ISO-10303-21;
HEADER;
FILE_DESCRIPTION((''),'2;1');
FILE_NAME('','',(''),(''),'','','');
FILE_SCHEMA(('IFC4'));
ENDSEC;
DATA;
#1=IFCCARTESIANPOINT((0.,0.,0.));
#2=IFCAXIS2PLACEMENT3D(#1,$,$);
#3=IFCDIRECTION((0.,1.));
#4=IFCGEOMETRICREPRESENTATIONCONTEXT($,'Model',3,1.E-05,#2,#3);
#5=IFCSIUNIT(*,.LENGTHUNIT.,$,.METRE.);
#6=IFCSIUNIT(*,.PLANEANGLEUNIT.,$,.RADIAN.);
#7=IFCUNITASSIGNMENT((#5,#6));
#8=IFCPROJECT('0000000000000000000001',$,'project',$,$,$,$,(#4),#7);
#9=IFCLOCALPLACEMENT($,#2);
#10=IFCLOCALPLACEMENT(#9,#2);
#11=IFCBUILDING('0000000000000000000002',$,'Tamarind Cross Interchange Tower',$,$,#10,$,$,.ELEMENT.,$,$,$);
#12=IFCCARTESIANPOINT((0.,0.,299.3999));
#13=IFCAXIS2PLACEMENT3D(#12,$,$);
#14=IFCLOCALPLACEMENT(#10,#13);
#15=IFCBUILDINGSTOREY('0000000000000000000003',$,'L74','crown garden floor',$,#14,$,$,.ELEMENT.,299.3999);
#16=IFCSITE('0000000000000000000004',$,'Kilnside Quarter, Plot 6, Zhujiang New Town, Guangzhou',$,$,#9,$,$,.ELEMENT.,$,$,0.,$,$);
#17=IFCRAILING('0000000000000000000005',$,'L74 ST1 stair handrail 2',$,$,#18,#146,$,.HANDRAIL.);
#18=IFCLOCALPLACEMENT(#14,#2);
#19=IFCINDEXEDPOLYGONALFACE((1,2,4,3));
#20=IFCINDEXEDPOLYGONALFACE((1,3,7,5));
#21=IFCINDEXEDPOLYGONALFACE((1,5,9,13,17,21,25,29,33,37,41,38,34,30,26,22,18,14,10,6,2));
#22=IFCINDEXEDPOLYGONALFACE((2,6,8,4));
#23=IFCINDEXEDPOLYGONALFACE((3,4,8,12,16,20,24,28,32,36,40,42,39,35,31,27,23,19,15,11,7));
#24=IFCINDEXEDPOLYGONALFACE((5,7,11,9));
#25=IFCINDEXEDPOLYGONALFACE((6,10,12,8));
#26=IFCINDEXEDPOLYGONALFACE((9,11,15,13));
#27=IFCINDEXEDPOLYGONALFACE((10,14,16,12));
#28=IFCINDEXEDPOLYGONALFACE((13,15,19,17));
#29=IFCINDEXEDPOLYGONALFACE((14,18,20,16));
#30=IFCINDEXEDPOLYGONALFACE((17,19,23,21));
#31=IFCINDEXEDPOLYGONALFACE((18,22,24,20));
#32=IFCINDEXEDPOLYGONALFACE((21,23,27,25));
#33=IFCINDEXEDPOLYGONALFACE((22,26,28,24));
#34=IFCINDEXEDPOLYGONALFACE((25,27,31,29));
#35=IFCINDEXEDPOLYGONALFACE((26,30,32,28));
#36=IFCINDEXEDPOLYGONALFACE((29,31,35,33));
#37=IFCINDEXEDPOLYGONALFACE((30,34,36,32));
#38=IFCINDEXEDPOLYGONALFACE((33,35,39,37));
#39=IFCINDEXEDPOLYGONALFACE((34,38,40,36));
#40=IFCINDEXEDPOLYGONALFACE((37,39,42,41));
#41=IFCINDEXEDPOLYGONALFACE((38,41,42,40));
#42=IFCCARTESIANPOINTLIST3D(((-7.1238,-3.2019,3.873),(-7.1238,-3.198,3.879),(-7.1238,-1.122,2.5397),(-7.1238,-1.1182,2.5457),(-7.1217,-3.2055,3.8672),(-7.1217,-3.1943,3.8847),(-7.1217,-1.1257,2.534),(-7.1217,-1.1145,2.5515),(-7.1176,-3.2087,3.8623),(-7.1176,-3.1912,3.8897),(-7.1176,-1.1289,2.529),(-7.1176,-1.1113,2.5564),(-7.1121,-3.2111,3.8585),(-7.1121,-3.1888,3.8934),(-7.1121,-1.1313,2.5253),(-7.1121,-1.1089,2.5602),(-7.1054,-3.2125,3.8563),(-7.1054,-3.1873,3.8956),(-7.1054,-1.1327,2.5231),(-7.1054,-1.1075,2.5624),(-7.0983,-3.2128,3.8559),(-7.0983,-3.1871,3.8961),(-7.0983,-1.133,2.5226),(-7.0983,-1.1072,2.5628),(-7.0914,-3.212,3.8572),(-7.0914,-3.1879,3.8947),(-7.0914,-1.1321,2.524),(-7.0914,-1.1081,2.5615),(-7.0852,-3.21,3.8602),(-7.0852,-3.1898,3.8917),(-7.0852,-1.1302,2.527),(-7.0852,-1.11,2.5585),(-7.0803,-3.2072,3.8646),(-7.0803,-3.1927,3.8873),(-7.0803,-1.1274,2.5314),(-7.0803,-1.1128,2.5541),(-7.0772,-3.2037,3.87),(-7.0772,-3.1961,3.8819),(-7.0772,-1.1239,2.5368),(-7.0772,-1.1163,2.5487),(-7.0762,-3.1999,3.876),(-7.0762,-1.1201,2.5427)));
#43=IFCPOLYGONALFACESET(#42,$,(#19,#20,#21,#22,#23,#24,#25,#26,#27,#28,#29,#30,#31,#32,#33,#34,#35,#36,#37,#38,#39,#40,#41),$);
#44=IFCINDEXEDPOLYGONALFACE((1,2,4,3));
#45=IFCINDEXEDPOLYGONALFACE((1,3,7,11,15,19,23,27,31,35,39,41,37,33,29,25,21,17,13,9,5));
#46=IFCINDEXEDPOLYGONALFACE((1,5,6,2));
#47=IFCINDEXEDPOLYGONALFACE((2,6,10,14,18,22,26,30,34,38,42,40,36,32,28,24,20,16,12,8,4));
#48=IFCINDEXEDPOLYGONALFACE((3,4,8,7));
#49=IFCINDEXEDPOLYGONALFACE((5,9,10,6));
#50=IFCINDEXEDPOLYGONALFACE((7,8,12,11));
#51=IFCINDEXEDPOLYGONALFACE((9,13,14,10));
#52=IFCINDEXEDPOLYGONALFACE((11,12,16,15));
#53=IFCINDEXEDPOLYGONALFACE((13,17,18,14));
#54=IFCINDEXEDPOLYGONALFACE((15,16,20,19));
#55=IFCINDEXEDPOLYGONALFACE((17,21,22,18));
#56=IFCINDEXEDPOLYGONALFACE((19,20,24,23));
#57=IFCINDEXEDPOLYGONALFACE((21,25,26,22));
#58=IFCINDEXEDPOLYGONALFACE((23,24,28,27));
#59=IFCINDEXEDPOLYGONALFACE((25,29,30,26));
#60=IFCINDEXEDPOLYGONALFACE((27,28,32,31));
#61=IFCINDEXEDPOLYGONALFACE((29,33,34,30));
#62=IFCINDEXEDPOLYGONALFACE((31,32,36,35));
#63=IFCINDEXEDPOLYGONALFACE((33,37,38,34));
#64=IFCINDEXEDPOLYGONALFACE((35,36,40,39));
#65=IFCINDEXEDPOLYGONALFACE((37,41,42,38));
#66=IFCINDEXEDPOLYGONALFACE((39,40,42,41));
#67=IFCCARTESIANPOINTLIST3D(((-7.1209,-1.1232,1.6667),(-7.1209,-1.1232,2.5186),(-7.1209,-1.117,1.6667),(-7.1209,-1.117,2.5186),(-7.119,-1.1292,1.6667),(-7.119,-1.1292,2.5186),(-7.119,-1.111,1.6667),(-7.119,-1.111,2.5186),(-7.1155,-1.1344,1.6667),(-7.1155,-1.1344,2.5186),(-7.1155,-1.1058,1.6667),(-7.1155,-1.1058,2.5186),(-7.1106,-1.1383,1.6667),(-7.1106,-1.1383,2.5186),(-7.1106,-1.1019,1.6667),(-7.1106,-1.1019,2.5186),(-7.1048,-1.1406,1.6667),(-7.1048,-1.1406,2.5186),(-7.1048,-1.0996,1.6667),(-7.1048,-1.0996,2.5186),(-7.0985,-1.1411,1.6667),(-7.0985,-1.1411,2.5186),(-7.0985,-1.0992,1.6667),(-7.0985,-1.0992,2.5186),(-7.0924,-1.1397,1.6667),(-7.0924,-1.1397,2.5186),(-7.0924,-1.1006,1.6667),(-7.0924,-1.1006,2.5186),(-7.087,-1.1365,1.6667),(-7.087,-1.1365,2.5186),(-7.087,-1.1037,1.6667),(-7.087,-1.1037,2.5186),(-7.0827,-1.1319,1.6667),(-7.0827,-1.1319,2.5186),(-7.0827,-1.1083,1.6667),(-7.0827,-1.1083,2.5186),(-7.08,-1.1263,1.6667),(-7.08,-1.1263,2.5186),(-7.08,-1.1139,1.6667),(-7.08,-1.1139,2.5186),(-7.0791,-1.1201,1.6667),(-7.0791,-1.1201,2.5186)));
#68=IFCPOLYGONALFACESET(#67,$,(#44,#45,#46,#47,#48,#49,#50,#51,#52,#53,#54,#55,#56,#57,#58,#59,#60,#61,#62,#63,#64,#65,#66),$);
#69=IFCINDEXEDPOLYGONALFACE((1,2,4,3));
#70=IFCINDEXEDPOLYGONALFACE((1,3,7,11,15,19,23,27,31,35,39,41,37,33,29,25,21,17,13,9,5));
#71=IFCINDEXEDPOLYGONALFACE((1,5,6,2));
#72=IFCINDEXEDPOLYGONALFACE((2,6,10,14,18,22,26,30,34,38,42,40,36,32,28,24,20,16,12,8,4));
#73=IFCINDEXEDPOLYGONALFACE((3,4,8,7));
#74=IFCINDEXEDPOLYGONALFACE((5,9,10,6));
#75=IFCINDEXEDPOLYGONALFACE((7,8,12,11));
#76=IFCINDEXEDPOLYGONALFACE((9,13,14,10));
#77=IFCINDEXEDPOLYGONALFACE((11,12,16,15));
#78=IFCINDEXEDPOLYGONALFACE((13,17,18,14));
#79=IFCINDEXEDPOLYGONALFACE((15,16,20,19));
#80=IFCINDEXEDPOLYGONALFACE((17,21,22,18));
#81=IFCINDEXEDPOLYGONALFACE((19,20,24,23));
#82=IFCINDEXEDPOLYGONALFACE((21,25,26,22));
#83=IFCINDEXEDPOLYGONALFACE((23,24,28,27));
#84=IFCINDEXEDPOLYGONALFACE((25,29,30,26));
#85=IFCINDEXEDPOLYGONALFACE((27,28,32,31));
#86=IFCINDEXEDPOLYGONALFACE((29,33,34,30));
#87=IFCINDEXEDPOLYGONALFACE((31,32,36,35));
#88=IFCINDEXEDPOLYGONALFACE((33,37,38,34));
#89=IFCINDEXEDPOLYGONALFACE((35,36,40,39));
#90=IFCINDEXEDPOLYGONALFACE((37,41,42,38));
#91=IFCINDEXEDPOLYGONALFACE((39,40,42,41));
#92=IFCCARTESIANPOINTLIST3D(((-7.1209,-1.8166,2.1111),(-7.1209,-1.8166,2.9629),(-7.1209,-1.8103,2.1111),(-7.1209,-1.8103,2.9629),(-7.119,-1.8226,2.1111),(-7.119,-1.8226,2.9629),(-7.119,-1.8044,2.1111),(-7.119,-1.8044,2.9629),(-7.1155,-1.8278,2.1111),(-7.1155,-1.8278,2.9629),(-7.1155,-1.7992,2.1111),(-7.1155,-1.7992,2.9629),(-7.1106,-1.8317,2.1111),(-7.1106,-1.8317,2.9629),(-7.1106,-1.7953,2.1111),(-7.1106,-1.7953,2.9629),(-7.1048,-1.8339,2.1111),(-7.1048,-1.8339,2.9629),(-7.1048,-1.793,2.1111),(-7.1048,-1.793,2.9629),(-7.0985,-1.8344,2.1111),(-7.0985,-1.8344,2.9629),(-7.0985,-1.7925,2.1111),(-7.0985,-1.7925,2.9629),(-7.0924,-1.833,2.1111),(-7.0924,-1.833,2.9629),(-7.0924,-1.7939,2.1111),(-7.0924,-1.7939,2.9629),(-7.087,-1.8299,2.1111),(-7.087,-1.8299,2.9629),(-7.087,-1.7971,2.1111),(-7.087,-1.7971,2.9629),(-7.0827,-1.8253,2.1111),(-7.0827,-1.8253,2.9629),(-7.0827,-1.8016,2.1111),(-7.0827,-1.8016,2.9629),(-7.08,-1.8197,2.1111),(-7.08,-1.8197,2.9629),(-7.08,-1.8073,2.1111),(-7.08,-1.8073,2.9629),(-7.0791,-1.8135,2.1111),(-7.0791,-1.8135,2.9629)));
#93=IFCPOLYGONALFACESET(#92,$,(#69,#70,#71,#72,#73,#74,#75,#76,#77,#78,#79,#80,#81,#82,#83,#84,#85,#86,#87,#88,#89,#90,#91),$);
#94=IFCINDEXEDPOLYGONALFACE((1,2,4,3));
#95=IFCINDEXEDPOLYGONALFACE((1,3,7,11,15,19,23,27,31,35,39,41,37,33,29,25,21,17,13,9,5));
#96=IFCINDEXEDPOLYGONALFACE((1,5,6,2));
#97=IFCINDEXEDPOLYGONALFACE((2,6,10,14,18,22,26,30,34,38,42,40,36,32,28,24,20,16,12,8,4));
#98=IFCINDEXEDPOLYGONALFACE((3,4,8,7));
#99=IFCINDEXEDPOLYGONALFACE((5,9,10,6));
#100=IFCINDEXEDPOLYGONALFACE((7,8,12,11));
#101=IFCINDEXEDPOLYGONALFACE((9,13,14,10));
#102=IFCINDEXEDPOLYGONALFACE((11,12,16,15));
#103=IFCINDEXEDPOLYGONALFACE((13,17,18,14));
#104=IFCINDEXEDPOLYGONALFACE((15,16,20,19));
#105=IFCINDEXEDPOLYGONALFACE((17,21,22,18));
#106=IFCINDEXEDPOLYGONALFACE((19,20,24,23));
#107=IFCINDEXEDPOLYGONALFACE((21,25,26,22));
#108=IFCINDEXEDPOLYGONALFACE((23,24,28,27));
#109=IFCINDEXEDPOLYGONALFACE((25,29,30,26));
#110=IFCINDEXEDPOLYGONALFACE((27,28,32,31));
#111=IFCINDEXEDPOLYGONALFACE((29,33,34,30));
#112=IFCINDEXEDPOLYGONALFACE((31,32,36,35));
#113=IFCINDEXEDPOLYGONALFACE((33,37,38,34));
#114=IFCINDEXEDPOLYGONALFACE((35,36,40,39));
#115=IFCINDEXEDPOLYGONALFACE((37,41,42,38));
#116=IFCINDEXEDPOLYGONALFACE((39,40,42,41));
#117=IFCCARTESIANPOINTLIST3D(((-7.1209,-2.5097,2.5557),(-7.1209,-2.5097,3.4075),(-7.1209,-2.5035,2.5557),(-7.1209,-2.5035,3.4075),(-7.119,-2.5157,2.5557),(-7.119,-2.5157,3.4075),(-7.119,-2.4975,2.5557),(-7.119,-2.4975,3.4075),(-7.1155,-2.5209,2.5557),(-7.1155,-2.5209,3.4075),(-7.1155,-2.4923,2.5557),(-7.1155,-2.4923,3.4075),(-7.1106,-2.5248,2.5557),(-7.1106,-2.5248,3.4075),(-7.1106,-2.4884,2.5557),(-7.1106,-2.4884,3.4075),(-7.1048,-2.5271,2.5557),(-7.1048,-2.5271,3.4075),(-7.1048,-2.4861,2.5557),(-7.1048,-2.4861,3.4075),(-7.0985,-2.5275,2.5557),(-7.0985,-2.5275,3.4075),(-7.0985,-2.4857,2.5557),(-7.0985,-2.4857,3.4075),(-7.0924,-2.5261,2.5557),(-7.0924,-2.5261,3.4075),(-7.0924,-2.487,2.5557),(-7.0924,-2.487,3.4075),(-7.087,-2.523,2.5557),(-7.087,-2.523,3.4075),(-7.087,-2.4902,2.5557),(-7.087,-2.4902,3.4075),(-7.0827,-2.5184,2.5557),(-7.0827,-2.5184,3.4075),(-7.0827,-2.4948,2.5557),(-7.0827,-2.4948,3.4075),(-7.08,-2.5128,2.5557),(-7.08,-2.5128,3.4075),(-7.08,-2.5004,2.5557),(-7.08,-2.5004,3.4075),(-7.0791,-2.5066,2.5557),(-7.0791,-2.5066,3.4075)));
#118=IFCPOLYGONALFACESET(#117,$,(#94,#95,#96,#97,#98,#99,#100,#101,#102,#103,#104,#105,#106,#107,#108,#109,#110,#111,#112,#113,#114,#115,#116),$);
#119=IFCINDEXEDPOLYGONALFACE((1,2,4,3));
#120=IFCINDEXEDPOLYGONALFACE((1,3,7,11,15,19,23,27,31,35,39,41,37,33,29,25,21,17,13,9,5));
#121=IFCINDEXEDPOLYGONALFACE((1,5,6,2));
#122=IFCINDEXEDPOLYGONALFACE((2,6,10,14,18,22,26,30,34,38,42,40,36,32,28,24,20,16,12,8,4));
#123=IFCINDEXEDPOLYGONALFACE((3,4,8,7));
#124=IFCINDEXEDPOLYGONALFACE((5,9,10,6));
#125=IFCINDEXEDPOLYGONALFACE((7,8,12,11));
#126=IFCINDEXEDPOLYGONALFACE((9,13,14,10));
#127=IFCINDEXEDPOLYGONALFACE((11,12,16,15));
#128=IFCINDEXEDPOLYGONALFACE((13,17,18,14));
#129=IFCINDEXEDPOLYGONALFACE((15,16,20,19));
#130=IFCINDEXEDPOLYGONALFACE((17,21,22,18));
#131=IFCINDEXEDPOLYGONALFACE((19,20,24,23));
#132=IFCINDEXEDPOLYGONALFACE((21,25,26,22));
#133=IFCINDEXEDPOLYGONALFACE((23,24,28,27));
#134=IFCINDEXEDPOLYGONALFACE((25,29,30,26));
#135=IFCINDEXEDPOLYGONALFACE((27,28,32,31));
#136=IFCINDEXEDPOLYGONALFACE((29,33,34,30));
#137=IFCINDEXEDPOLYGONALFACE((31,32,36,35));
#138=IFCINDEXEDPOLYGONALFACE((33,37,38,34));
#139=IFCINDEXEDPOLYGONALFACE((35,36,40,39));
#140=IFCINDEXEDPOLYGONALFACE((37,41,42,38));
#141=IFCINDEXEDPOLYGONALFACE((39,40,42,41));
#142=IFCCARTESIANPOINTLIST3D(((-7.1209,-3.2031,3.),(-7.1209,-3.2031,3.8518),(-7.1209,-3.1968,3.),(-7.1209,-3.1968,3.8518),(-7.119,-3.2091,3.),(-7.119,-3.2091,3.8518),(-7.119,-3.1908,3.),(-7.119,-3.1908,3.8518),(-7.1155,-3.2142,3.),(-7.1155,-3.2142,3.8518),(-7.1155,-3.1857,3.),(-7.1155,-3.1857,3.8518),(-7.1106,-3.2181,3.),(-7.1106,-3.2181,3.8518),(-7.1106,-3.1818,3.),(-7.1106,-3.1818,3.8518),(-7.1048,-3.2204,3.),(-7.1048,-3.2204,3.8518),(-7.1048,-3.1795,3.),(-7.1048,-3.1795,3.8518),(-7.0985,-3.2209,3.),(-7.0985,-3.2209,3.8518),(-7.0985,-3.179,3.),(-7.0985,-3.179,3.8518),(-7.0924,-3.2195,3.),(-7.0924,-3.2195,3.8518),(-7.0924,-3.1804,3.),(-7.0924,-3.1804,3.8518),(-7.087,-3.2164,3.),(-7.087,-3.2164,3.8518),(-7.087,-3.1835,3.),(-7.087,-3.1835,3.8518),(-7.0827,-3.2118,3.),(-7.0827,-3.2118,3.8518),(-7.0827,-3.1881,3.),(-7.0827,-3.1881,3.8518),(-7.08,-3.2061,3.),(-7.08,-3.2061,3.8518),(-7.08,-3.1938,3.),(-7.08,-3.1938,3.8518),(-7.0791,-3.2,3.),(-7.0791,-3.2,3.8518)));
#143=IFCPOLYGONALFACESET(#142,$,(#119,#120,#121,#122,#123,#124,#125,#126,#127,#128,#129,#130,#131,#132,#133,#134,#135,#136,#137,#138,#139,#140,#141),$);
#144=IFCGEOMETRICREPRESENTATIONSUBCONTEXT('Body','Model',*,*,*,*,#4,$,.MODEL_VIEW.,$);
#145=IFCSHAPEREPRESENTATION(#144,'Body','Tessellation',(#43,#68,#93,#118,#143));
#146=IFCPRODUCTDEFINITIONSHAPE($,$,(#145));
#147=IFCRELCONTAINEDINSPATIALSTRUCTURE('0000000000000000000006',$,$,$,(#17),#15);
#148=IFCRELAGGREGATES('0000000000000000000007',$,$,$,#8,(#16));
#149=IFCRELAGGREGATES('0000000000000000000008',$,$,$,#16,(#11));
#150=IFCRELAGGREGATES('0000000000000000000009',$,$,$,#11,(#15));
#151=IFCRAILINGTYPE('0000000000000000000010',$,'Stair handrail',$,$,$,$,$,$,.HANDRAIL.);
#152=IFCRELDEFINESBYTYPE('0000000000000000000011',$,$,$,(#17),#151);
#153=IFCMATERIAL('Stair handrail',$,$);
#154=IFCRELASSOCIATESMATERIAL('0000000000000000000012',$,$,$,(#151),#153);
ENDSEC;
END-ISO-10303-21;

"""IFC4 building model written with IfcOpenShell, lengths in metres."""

from ifc_helpers import new_model, si_unit, direction, frame, origin, origin_2d, place, context, subcontext, project, spatial, circle, extrude, material, type_object, element, save


model = new_model("IFC4")

# Units and contexts
model_context = context("Model", 3, precision=1e-05, world=origin(), true_north=direction((0.0, 1.0)))
body_context = subcontext(model_context, "Body", "Model", "MODEL_VIEW")
ifc_project = project(units=[si_unit("LENGTHUNIT", "METRE"), si_unit("PLANEANGLEUNIT", "RADIAN")], contexts=[model_context])

# Site, building, storey
site_placement = place(None, origin())
site = spatial("IfcSite", under=ifc_project, at=site_placement, Name="Kilnside Quarter, Plot 6, Zhujiang New Town, Guangzhou", CompositionType="ELEMENT", RefElevation=0.0)
building_placement = place(site_placement, origin())
building = spatial("IfcBuilding", under=site, at=building_placement, Name="Tamarind Cross Interchange Tower", CompositionType="ELEMENT")
storey_placement = place(building_placement, frame((0.0, 0.0, 299.3999)))
storey = spatial("IfcBuildingStorey", under=building, at=storey_placement, Name="L74", Description="crown garden floor", CompositionType="ELEMENT", Elevation=299.3999)

# Railing
ifc_material_1 = material(Name="Stair handrail")
railing_type_1 = type_object("IfcRailingType", Name="Stair handrail", PredefinedType="HANDRAIL", material=ifc_material_1)
railing_1_placement = place(storey_placement, frame((-7.1001, -1.1201, 1.6667)))
element("IfcRailing", 1, at=railing_1_placement, inside=storey, type_object=railing_type_1, Name="L74 ST1 stair handrail 2", PredefinedType="HANDRAIL", context=body_context, shape_type="SweptSolid", body=[
    extrude(circle(Radius=0.0239, at=origin_2d()), frame((0.0, 0.0, 0.876), z_axis=(0.0, -0.841875, 0.539673), x_axis=(1.0, 0.0, 0.0)), (0.0, 0.0, 1.0), 2.4705),
    extrude(circle(Radius=0.021, at=origin_2d()), origin(), (0.0, 0.0, 1.0), 0.8518),
    extrude(circle(Radius=0.021, at=origin_2d()), frame((0.0, -0.6934, 0.4443)), (0.0, 0.0, 1.0), 0.8518),
    extrude(circle(Radius=0.021, at=origin_2d()), frame((0.0, -1.3865, 0.8889)), (0.0, 0.0, 1.0), 0.8518),
    extrude(circle(Radius=0.021, at=origin_2d()), frame((0.0, -2.0798, 1.3333)), (0.0, 0.0, 1.0), 0.8518),
])

save(model, "model.ifc")
